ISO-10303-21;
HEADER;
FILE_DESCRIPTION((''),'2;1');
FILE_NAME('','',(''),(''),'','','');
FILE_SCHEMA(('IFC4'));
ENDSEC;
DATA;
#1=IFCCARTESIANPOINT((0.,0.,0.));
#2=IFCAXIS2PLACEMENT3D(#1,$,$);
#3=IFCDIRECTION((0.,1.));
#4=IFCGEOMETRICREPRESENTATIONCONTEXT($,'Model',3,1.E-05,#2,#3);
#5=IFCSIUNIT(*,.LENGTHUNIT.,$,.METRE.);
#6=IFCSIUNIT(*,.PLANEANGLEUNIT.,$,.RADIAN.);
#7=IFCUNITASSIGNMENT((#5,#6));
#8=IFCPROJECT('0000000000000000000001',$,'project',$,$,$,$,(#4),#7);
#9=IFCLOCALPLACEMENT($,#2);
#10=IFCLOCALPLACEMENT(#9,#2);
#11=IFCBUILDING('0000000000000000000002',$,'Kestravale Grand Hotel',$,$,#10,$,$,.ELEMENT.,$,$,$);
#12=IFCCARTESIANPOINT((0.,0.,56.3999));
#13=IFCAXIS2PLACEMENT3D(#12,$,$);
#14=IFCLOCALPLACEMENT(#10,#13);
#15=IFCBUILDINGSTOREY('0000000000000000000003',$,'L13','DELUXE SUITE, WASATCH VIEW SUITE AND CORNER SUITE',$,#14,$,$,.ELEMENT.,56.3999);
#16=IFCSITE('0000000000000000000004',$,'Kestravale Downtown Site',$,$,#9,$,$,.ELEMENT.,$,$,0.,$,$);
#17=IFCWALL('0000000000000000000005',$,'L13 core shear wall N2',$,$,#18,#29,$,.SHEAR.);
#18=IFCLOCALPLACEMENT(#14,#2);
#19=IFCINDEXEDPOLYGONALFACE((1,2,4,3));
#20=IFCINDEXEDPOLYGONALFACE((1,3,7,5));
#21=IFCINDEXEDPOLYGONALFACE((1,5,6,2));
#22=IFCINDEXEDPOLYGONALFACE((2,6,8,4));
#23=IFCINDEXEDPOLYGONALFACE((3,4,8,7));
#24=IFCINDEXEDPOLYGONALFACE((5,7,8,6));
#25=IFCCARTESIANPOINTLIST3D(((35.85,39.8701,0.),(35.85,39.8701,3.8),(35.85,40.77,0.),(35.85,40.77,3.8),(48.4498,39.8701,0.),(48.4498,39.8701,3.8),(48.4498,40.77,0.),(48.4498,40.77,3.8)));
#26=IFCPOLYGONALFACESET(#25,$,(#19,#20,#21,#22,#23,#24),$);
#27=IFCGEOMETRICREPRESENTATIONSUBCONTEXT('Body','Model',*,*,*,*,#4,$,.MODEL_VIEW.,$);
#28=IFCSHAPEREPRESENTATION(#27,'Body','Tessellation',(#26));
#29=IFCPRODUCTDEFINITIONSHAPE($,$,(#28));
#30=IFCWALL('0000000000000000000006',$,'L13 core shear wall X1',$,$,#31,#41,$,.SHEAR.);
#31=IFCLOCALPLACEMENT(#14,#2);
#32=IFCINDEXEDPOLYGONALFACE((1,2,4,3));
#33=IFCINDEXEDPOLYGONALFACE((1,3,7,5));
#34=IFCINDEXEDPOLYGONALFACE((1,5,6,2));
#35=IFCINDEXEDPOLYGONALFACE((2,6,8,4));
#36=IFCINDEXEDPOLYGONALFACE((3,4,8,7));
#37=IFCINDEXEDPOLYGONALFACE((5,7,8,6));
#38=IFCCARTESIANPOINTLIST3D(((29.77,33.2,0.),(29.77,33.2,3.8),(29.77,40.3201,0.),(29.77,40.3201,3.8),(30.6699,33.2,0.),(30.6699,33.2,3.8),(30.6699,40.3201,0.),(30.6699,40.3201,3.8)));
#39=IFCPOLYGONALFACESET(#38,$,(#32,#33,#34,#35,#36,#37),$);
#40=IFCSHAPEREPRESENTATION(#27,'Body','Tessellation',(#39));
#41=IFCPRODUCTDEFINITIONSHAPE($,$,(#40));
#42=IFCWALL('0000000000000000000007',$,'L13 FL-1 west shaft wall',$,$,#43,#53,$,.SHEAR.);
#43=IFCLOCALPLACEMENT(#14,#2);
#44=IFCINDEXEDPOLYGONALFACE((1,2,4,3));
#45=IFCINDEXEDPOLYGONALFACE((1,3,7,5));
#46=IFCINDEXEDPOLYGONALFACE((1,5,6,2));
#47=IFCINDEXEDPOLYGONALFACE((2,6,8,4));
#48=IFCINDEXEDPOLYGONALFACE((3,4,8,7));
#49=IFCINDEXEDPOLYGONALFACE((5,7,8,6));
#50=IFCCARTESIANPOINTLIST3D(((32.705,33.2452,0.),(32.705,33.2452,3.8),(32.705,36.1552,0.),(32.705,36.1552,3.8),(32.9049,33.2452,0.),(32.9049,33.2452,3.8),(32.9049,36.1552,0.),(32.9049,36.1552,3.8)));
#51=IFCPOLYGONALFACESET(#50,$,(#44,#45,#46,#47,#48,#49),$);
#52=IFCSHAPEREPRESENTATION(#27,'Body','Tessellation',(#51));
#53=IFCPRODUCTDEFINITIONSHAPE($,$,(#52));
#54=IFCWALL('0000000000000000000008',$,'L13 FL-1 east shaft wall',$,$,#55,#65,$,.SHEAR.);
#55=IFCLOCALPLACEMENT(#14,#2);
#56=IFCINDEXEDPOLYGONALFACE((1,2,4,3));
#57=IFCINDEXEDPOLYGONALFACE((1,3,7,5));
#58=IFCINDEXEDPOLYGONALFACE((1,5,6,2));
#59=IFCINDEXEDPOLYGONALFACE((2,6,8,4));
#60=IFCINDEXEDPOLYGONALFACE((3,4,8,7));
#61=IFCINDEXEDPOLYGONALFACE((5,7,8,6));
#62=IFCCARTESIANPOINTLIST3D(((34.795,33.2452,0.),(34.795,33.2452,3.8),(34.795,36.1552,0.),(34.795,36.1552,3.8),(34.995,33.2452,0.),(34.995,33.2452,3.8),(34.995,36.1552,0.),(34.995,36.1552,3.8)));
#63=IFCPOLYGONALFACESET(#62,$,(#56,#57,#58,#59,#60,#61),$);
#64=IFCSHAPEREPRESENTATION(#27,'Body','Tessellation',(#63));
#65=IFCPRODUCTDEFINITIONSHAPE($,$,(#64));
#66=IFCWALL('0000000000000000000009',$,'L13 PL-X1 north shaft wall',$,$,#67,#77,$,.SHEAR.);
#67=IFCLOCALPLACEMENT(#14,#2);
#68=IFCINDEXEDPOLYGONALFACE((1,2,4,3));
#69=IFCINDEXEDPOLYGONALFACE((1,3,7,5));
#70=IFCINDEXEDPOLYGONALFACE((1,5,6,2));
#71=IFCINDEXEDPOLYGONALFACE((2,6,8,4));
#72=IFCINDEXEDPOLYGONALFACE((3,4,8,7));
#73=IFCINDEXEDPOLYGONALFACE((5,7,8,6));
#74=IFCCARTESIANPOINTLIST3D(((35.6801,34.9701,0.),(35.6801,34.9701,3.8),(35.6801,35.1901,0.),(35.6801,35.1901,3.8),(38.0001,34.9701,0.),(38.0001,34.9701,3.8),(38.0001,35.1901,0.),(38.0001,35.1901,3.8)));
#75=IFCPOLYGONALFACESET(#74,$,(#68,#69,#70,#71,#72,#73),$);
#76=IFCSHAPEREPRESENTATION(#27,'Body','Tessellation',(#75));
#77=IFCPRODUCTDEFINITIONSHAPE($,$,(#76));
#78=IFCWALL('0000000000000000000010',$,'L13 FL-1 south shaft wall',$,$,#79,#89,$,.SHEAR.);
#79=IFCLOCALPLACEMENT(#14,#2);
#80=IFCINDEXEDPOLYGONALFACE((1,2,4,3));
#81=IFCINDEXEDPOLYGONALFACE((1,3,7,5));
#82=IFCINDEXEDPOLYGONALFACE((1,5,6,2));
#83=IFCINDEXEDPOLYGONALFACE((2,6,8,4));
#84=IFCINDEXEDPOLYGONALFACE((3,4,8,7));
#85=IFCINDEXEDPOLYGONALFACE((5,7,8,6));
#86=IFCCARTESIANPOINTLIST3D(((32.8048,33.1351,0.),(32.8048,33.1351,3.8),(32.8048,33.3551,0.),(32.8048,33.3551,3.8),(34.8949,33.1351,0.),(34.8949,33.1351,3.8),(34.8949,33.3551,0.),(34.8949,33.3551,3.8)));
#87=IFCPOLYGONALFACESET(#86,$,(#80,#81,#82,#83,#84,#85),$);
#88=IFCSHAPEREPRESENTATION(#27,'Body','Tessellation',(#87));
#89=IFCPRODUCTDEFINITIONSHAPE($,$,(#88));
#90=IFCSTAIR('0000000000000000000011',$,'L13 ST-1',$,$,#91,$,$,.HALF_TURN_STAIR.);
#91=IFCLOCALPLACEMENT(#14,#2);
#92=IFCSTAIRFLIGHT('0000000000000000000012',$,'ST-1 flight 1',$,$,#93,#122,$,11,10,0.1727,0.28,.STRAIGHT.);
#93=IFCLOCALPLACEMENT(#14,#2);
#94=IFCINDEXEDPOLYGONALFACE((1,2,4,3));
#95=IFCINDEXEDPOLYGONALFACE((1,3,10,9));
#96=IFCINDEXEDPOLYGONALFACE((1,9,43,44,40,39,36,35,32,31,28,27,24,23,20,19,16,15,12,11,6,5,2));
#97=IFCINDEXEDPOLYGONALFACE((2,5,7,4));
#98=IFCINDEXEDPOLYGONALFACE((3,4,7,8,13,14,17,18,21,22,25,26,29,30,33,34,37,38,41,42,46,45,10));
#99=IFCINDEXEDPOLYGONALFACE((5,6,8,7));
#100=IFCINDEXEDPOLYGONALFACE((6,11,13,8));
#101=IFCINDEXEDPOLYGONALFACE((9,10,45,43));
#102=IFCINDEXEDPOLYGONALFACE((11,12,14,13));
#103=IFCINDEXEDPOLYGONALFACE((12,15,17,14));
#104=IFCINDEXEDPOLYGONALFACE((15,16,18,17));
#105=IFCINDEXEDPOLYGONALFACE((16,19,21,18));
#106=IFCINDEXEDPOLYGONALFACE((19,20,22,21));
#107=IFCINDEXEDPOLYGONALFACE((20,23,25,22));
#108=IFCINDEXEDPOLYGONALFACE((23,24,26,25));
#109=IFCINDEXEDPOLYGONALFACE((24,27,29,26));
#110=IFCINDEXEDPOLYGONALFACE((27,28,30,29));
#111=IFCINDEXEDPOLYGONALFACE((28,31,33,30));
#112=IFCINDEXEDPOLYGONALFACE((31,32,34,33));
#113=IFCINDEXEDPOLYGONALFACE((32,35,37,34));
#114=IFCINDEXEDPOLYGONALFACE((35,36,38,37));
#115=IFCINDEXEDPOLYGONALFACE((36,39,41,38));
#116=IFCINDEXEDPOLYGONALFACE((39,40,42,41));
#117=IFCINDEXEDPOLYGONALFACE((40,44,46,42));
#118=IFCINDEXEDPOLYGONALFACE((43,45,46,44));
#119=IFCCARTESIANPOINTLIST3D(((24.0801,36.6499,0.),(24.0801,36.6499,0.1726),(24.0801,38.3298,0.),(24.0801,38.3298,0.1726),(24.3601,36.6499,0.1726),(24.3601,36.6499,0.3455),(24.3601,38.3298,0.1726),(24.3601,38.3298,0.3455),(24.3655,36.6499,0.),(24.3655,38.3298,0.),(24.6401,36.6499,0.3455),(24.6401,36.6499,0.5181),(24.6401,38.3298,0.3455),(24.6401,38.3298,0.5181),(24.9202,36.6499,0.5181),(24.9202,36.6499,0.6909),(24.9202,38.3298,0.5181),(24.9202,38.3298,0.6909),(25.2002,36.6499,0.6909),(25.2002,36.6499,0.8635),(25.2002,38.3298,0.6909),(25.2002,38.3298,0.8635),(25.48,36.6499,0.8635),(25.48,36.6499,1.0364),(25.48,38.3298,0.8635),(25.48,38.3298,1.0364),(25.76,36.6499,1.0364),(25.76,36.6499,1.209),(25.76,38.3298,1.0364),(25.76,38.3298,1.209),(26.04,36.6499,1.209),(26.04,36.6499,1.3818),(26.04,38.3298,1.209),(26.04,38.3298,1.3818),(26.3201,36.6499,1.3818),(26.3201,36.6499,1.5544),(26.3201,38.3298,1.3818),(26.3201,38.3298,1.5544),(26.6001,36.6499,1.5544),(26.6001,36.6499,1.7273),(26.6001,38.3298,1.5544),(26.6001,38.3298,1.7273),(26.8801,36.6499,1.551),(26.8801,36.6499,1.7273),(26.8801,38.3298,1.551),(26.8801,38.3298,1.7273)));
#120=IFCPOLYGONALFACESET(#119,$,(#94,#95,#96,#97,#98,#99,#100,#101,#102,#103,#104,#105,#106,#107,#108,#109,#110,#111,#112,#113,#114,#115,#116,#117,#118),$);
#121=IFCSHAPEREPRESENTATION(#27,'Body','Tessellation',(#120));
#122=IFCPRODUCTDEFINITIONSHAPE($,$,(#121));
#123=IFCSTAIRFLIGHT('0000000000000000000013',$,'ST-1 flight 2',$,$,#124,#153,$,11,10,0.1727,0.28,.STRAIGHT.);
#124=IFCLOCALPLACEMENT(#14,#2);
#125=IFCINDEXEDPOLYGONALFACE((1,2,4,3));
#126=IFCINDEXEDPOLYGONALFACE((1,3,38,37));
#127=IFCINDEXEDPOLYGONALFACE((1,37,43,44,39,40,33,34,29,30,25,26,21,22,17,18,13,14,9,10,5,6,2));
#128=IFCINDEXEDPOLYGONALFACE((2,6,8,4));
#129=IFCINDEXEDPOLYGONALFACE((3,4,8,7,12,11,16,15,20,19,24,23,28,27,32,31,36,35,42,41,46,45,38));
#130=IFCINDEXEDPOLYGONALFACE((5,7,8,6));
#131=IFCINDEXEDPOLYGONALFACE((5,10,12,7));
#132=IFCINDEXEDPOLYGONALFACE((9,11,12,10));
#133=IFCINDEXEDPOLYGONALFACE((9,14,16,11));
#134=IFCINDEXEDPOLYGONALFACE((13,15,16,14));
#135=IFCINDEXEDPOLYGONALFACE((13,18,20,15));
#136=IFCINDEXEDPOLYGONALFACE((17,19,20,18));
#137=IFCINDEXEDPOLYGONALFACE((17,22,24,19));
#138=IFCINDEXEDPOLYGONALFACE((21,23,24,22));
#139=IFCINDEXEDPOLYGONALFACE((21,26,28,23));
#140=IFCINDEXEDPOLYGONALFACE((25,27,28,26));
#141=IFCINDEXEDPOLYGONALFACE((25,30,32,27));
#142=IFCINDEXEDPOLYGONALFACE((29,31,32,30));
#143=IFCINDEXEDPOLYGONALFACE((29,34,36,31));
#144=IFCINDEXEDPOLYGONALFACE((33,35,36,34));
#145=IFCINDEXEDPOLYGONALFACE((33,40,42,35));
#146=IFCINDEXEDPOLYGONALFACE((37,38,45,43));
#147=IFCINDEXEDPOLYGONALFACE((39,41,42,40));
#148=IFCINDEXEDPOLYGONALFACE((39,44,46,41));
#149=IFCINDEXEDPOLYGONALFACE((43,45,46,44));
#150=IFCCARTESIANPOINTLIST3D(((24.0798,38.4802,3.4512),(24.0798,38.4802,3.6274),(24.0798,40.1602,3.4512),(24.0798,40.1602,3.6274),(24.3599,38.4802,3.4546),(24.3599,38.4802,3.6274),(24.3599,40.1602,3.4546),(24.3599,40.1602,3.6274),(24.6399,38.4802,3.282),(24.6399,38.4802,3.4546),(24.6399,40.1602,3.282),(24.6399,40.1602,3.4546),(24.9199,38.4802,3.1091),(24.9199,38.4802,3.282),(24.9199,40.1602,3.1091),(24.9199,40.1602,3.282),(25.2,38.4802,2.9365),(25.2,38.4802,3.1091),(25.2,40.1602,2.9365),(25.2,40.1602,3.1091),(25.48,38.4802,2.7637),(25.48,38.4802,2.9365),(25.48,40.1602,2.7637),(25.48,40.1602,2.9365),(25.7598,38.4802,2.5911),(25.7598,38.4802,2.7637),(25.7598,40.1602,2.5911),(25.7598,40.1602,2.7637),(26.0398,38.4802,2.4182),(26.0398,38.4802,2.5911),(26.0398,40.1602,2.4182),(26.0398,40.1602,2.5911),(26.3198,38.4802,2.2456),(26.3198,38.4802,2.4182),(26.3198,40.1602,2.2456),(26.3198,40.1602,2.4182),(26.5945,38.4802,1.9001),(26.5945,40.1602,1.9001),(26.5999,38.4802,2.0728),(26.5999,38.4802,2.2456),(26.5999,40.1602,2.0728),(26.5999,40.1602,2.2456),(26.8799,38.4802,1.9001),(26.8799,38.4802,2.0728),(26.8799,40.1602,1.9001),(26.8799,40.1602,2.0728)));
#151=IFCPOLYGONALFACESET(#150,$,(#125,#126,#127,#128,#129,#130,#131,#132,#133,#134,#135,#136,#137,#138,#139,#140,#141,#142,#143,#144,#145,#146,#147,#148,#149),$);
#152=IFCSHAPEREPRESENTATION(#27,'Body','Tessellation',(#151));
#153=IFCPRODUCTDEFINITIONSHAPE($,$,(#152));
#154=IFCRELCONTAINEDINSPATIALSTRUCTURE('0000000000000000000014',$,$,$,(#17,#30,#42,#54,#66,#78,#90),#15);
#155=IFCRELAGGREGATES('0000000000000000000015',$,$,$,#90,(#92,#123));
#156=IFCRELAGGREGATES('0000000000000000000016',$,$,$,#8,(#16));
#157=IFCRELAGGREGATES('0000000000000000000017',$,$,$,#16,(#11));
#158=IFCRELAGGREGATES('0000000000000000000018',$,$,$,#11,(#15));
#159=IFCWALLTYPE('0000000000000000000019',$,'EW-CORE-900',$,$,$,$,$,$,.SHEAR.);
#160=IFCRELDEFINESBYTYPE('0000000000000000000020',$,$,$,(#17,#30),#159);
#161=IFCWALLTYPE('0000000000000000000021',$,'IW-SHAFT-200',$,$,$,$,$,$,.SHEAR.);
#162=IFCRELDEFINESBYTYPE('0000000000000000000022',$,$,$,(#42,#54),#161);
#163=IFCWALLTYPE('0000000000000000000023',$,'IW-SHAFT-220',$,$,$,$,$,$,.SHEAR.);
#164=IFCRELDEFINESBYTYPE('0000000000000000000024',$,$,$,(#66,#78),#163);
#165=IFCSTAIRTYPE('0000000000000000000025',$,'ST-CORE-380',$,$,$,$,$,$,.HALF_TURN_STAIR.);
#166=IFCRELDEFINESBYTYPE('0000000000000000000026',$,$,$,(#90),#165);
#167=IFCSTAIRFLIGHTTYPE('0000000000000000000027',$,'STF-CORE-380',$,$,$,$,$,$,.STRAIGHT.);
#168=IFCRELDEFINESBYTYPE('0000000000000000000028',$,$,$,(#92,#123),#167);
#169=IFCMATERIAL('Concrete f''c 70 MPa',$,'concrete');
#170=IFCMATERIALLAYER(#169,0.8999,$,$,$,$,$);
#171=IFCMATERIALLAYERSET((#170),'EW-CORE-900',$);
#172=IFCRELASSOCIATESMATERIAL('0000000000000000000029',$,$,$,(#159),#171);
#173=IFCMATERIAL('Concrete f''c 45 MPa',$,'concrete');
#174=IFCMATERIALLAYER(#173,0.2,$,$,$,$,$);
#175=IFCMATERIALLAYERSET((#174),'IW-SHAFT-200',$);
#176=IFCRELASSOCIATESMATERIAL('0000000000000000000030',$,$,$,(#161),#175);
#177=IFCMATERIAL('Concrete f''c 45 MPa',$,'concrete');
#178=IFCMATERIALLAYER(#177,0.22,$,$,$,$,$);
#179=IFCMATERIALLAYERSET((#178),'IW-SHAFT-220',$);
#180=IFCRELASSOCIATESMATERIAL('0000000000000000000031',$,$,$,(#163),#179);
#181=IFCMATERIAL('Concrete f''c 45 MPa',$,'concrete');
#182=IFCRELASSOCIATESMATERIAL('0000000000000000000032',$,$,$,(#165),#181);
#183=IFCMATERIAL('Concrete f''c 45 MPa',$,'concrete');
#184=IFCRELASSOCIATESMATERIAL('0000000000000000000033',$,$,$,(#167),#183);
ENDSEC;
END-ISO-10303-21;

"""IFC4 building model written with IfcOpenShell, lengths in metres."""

from ifc_helpers import new_model, si_unit, direction, frame, frame_2d, origin, place, context, subcontext, project, spatial, polyline, rectangle, outline, extrude, material, layer, layer_set, type_object, element, aggregate, save


model = new_model("IFC4")

# Units and contexts
model_context = context("Model", 3, precision=1e-05, world=origin(), true_north=direction((0.0, 1.0)))
body_context = subcontext(model_context, "Body", "Model", "MODEL_VIEW")
ifc_project = project(units=[si_unit("LENGTHUNIT", "METRE"), si_unit("PLANEANGLEUNIT", "RADIAN")], contexts=[model_context])

# Site, building, storey
site_placement = place(None, origin())
site = spatial("IfcSite", under=ifc_project, at=site_placement, Name="Kestravale Downtown Site", CompositionType="ELEMENT", RefElevation=0.0)
building_placement = place(site_placement, origin())
building = spatial("IfcBuilding", under=site, at=building_placement, Name="Kestravale Grand Hotel", CompositionType="ELEMENT")
storey_placement = place(building_placement, frame((0.0, 0.0, 56.3999)))
storey = spatial("IfcBuildingStorey", under=building, at=storey_placement, Name="L13", Description="DELUXE SUITE, WASATCH VIEW SUITE AND CORNER SUITE", CompositionType="ELEMENT", Elevation=56.3999)

# Walls
ifc_material_1 = material(Name="Concrete f'c 70 MPa", Category="concrete")
ifc_layer_1 = layer(ifc_material_1, 0.8999)
ifc_layer_set_1 = layer_set([ifc_layer_1], Name="EW-CORE-900")
wall_type_1 = type_object("IfcWallType", Name="EW-CORE-900", PredefinedType="SHEAR", material=ifc_layer_set_1)
wall_1_placement = place(storey_placement, frame((35.8501, 40.3201, 0.0), z_axis=(0.0, 0.0, 1.0), x_axis=(1.0, 0.0, 0.0)))
element("IfcWall", 1, at=wall_1_placement, inside=storey, type_object=wall_type_1, Name="L13 core shear wall N2", PredefinedType="SHEAR", context=body_context, shape_type="SweptSolid", body=[
    extrude(rectangle(XDim=12.5999, YDim=0.8999, at=frame_2d((6.2998, 0.0))), origin(), (0.0, 0.0, 1.0), 3.8),
])
wall_2_placement = place(storey_placement, frame((30.22, 33.2, 0.0), z_axis=(0.0, 0.0, 1.0), x_axis=(0.0, 1.0, 0.0)))
element("IfcWall", 2, at=wall_2_placement, inside=storey, type_object=wall_type_1, Name="L13 core shear wall X1", PredefinedType="SHEAR", context=body_context, shape_type="SweptSolid", body=[
    extrude(rectangle(XDim=7.1201, YDim=0.8999, at=frame_2d((3.5601, 0.0))), origin(), (0.0, 0.0, 1.0), 3.8),
])

# Walls
ifc_material_2 = material(Name="Concrete f'c 45 MPa", Category="concrete")
ifc_layer_2 = layer(ifc_material_2, 0.2)
ifc_layer_set_2 = layer_set([ifc_layer_2], Name="IW-SHAFT-200")
wall_type_2 = type_object("IfcWallType", Name="IW-SHAFT-200", PredefinedType="SHEAR", material=ifc_layer_set_2)
for number, where, z_axis, x_axis, name in (
    (3, (32.8049, 33.2451, 0.0), (0.0, 0.0, 1.0), (0.0, 1.0, 0.0), "L13 FL-1 west shaft wall"),
    (4, (34.895, 33.2451, 0.0), (0.0, 0.0, 1.0), (0.0, 1.0, 0.0), "L13 FL-1 east shaft wall"),
):
    element("IfcWall", number, at=place(storey_placement, frame(where, z_axis=z_axis, x_axis=x_axis)), inside=storey, type_object=wall_type_2, Name=name, PredefinedType="SHEAR", context=body_context, shape_type="SweptSolid", body=[
        extrude(rectangle(XDim=2.9099, YDim=0.2, at=frame_2d((1.4551, 0.0))), origin(), (0.0, 0.0, 1.0), 3.8),
    ])
ifc_material_3 = material(Name="Concrete f'c 45 MPa", Category="concrete")
ifc_layer_3 = layer(ifc_material_3, 0.22)
ifc_layer_set_3 = layer_set([ifc_layer_3], Name="IW-SHAFT-220")
wall_type_3 = type_object("IfcWallType", Name="IW-SHAFT-220", PredefinedType="SHEAR", material=ifc_layer_set_3)
wall_3_placement = place(storey_placement, frame((35.6799, 35.0801, 0.0), z_axis=(0.0, 0.0, 1.0), x_axis=(1.0, 0.0, 0.0)))
element("IfcWall", 5, at=wall_3_placement, inside=storey, type_object=wall_type_3, Name="L13 PL-X1 north shaft wall", PredefinedType="SHEAR", context=body_context, shape_type="SweptSolid", body=[
    extrude(rectangle(XDim=2.3201, YDim=0.22, at=frame_2d((1.1602, 0.0))), origin(), (0.0, 0.0, 1.0), 3.8),
])

# Wall
wall_4_placement = place(storey_placement, frame((32.8049, 33.2451, 0.0), z_axis=(0.0, 0.0, 1.0), x_axis=(1.0, 0.0, 0.0)))
element("IfcWall", 6, at=wall_4_placement, inside=storey, type_object=wall_type_3, Name="L13 FL-1 south shaft wall", PredefinedType="SHEAR", context=body_context, shape_type="SweptSolid", body=[
    extrude(rectangle(XDim=2.0901, YDim=0.22, at=frame_2d((1.0449, 0.0))), origin(), (0.0, 0.0, 1.0), 3.8),
])

# Stair, stair flights
ifc_material_4 = material(Name="Concrete f'c 45 MPa", Category="concrete")
stair_type = type_object("IfcStairType", Name="ST-CORE-380", PredefinedType="HALF_TURN_STAIR", material=ifc_material_4)
stair_placement = place(storey_placement, origin())
stair = element("IfcStair", 7, at=stair_placement, inside=storey, type_object=stair_type, Name="L13 ST-1", PredefinedType="HALF_TURN_STAIR")
ifc_material_5 = material(Name="Concrete f'c 45 MPa", Category="concrete")
stair_flight_type = type_object("IfcStairFlightType", Name="STF-CORE-380", PredefinedType="STRAIGHT", material=ifc_material_5)
stair_flight_1_placement = place(storey_placement, frame((24.0801, 37.49, 0.0), z_axis=(0.0, 0.0, 1.0), x_axis=(1.0, 0.0, 0.0)))
stair_flight_1 = element("IfcStairFlight", 8, at=stair_flight_1_placement, type_object=stair_flight_type, Name="ST-1 flight 1", NumberOfRisers=11, NumberOfTreads=10, PredefinedType="STRAIGHT", RiserHeight=0.1727, TreadLength=0.28, context=body_context, shape_type="SweptSolid", body=[
    extrude(outline(polyline([(0.0, 0.0), (0.0, 0.1726), (0.28, 0.1726), (0.28, 0.3455), (0.5601, 0.3455), (0.5601, 0.5181), (0.8401, 0.5181), (0.8401, 0.6909), (1.1201, 0.6909), (1.1201, 0.8635), (1.3999, 0.8635), (1.3999, 1.0364), (1.6799, 1.0364), (1.6799, 1.209), (1.96, 1.209), (1.96, 1.3818), (2.24, 1.3818), (2.24, 1.5544), (2.52, 1.5544), (2.52, 1.7273), (2.8, 1.7273), (2.8, 1.8999), (2.8, 1.551), (0.2854, 0.0), (0.0, 0.0)])), frame((0.0, 0.8398, 0.0), z_axis=(0.0, -1.0, 0.0), x_axis=(1.0, 0.0, 0.0)), (0.0, 0.0, 1.0), 1.6799),
])
stair_flight_2_placement = place(storey_placement, frame((26.8799, 39.3201, 1.9001), z_axis=(0.0, 0.0, 1.0), x_axis=(-1.0, 0.0, 0.0)))
stair_flight_2 = element("IfcStairFlight", 9, at=stair_flight_2_placement, type_object=stair_flight_type, Name="ST-1 flight 2", NumberOfRisers=11, NumberOfTreads=10, PredefinedType="STRAIGHT", RiserHeight=0.1727, TreadLength=0.28, context=body_context, shape_type="SweptSolid", body=[
    extrude(outline(polyline([(0.0, 0.0), (0.0, 0.1726), (0.28, 0.1726), (0.28, 0.3455), (0.5601, 0.3455), (0.5601, 0.5181), (0.8401, 0.5181), (0.8401, 0.6909), (1.1201, 0.6909), (1.1201, 0.8635), (1.3999, 0.8635), (1.3999, 1.0364), (1.6799, 1.0364), (1.6799, 1.209), (1.96, 1.209), (1.96, 1.3818), (2.24, 1.3818), (2.24, 1.5544), (2.52, 1.5544), (2.52, 1.7273), (2.8, 1.7273), (2.8, 1.8999), (2.8, 1.551), (0.2854, 0.0), (0.0, 0.0)])), frame((0.0, 0.8398, 0.0), z_axis=(0.0, -1.0, 0.0), x_axis=(1.0, 0.0, 0.0)), (0.0, 0.0, 1.0), 1.6799),
])
aggregate(stair, [stair_flight_1, stair_flight_2])

save(model, "model.ifc")
